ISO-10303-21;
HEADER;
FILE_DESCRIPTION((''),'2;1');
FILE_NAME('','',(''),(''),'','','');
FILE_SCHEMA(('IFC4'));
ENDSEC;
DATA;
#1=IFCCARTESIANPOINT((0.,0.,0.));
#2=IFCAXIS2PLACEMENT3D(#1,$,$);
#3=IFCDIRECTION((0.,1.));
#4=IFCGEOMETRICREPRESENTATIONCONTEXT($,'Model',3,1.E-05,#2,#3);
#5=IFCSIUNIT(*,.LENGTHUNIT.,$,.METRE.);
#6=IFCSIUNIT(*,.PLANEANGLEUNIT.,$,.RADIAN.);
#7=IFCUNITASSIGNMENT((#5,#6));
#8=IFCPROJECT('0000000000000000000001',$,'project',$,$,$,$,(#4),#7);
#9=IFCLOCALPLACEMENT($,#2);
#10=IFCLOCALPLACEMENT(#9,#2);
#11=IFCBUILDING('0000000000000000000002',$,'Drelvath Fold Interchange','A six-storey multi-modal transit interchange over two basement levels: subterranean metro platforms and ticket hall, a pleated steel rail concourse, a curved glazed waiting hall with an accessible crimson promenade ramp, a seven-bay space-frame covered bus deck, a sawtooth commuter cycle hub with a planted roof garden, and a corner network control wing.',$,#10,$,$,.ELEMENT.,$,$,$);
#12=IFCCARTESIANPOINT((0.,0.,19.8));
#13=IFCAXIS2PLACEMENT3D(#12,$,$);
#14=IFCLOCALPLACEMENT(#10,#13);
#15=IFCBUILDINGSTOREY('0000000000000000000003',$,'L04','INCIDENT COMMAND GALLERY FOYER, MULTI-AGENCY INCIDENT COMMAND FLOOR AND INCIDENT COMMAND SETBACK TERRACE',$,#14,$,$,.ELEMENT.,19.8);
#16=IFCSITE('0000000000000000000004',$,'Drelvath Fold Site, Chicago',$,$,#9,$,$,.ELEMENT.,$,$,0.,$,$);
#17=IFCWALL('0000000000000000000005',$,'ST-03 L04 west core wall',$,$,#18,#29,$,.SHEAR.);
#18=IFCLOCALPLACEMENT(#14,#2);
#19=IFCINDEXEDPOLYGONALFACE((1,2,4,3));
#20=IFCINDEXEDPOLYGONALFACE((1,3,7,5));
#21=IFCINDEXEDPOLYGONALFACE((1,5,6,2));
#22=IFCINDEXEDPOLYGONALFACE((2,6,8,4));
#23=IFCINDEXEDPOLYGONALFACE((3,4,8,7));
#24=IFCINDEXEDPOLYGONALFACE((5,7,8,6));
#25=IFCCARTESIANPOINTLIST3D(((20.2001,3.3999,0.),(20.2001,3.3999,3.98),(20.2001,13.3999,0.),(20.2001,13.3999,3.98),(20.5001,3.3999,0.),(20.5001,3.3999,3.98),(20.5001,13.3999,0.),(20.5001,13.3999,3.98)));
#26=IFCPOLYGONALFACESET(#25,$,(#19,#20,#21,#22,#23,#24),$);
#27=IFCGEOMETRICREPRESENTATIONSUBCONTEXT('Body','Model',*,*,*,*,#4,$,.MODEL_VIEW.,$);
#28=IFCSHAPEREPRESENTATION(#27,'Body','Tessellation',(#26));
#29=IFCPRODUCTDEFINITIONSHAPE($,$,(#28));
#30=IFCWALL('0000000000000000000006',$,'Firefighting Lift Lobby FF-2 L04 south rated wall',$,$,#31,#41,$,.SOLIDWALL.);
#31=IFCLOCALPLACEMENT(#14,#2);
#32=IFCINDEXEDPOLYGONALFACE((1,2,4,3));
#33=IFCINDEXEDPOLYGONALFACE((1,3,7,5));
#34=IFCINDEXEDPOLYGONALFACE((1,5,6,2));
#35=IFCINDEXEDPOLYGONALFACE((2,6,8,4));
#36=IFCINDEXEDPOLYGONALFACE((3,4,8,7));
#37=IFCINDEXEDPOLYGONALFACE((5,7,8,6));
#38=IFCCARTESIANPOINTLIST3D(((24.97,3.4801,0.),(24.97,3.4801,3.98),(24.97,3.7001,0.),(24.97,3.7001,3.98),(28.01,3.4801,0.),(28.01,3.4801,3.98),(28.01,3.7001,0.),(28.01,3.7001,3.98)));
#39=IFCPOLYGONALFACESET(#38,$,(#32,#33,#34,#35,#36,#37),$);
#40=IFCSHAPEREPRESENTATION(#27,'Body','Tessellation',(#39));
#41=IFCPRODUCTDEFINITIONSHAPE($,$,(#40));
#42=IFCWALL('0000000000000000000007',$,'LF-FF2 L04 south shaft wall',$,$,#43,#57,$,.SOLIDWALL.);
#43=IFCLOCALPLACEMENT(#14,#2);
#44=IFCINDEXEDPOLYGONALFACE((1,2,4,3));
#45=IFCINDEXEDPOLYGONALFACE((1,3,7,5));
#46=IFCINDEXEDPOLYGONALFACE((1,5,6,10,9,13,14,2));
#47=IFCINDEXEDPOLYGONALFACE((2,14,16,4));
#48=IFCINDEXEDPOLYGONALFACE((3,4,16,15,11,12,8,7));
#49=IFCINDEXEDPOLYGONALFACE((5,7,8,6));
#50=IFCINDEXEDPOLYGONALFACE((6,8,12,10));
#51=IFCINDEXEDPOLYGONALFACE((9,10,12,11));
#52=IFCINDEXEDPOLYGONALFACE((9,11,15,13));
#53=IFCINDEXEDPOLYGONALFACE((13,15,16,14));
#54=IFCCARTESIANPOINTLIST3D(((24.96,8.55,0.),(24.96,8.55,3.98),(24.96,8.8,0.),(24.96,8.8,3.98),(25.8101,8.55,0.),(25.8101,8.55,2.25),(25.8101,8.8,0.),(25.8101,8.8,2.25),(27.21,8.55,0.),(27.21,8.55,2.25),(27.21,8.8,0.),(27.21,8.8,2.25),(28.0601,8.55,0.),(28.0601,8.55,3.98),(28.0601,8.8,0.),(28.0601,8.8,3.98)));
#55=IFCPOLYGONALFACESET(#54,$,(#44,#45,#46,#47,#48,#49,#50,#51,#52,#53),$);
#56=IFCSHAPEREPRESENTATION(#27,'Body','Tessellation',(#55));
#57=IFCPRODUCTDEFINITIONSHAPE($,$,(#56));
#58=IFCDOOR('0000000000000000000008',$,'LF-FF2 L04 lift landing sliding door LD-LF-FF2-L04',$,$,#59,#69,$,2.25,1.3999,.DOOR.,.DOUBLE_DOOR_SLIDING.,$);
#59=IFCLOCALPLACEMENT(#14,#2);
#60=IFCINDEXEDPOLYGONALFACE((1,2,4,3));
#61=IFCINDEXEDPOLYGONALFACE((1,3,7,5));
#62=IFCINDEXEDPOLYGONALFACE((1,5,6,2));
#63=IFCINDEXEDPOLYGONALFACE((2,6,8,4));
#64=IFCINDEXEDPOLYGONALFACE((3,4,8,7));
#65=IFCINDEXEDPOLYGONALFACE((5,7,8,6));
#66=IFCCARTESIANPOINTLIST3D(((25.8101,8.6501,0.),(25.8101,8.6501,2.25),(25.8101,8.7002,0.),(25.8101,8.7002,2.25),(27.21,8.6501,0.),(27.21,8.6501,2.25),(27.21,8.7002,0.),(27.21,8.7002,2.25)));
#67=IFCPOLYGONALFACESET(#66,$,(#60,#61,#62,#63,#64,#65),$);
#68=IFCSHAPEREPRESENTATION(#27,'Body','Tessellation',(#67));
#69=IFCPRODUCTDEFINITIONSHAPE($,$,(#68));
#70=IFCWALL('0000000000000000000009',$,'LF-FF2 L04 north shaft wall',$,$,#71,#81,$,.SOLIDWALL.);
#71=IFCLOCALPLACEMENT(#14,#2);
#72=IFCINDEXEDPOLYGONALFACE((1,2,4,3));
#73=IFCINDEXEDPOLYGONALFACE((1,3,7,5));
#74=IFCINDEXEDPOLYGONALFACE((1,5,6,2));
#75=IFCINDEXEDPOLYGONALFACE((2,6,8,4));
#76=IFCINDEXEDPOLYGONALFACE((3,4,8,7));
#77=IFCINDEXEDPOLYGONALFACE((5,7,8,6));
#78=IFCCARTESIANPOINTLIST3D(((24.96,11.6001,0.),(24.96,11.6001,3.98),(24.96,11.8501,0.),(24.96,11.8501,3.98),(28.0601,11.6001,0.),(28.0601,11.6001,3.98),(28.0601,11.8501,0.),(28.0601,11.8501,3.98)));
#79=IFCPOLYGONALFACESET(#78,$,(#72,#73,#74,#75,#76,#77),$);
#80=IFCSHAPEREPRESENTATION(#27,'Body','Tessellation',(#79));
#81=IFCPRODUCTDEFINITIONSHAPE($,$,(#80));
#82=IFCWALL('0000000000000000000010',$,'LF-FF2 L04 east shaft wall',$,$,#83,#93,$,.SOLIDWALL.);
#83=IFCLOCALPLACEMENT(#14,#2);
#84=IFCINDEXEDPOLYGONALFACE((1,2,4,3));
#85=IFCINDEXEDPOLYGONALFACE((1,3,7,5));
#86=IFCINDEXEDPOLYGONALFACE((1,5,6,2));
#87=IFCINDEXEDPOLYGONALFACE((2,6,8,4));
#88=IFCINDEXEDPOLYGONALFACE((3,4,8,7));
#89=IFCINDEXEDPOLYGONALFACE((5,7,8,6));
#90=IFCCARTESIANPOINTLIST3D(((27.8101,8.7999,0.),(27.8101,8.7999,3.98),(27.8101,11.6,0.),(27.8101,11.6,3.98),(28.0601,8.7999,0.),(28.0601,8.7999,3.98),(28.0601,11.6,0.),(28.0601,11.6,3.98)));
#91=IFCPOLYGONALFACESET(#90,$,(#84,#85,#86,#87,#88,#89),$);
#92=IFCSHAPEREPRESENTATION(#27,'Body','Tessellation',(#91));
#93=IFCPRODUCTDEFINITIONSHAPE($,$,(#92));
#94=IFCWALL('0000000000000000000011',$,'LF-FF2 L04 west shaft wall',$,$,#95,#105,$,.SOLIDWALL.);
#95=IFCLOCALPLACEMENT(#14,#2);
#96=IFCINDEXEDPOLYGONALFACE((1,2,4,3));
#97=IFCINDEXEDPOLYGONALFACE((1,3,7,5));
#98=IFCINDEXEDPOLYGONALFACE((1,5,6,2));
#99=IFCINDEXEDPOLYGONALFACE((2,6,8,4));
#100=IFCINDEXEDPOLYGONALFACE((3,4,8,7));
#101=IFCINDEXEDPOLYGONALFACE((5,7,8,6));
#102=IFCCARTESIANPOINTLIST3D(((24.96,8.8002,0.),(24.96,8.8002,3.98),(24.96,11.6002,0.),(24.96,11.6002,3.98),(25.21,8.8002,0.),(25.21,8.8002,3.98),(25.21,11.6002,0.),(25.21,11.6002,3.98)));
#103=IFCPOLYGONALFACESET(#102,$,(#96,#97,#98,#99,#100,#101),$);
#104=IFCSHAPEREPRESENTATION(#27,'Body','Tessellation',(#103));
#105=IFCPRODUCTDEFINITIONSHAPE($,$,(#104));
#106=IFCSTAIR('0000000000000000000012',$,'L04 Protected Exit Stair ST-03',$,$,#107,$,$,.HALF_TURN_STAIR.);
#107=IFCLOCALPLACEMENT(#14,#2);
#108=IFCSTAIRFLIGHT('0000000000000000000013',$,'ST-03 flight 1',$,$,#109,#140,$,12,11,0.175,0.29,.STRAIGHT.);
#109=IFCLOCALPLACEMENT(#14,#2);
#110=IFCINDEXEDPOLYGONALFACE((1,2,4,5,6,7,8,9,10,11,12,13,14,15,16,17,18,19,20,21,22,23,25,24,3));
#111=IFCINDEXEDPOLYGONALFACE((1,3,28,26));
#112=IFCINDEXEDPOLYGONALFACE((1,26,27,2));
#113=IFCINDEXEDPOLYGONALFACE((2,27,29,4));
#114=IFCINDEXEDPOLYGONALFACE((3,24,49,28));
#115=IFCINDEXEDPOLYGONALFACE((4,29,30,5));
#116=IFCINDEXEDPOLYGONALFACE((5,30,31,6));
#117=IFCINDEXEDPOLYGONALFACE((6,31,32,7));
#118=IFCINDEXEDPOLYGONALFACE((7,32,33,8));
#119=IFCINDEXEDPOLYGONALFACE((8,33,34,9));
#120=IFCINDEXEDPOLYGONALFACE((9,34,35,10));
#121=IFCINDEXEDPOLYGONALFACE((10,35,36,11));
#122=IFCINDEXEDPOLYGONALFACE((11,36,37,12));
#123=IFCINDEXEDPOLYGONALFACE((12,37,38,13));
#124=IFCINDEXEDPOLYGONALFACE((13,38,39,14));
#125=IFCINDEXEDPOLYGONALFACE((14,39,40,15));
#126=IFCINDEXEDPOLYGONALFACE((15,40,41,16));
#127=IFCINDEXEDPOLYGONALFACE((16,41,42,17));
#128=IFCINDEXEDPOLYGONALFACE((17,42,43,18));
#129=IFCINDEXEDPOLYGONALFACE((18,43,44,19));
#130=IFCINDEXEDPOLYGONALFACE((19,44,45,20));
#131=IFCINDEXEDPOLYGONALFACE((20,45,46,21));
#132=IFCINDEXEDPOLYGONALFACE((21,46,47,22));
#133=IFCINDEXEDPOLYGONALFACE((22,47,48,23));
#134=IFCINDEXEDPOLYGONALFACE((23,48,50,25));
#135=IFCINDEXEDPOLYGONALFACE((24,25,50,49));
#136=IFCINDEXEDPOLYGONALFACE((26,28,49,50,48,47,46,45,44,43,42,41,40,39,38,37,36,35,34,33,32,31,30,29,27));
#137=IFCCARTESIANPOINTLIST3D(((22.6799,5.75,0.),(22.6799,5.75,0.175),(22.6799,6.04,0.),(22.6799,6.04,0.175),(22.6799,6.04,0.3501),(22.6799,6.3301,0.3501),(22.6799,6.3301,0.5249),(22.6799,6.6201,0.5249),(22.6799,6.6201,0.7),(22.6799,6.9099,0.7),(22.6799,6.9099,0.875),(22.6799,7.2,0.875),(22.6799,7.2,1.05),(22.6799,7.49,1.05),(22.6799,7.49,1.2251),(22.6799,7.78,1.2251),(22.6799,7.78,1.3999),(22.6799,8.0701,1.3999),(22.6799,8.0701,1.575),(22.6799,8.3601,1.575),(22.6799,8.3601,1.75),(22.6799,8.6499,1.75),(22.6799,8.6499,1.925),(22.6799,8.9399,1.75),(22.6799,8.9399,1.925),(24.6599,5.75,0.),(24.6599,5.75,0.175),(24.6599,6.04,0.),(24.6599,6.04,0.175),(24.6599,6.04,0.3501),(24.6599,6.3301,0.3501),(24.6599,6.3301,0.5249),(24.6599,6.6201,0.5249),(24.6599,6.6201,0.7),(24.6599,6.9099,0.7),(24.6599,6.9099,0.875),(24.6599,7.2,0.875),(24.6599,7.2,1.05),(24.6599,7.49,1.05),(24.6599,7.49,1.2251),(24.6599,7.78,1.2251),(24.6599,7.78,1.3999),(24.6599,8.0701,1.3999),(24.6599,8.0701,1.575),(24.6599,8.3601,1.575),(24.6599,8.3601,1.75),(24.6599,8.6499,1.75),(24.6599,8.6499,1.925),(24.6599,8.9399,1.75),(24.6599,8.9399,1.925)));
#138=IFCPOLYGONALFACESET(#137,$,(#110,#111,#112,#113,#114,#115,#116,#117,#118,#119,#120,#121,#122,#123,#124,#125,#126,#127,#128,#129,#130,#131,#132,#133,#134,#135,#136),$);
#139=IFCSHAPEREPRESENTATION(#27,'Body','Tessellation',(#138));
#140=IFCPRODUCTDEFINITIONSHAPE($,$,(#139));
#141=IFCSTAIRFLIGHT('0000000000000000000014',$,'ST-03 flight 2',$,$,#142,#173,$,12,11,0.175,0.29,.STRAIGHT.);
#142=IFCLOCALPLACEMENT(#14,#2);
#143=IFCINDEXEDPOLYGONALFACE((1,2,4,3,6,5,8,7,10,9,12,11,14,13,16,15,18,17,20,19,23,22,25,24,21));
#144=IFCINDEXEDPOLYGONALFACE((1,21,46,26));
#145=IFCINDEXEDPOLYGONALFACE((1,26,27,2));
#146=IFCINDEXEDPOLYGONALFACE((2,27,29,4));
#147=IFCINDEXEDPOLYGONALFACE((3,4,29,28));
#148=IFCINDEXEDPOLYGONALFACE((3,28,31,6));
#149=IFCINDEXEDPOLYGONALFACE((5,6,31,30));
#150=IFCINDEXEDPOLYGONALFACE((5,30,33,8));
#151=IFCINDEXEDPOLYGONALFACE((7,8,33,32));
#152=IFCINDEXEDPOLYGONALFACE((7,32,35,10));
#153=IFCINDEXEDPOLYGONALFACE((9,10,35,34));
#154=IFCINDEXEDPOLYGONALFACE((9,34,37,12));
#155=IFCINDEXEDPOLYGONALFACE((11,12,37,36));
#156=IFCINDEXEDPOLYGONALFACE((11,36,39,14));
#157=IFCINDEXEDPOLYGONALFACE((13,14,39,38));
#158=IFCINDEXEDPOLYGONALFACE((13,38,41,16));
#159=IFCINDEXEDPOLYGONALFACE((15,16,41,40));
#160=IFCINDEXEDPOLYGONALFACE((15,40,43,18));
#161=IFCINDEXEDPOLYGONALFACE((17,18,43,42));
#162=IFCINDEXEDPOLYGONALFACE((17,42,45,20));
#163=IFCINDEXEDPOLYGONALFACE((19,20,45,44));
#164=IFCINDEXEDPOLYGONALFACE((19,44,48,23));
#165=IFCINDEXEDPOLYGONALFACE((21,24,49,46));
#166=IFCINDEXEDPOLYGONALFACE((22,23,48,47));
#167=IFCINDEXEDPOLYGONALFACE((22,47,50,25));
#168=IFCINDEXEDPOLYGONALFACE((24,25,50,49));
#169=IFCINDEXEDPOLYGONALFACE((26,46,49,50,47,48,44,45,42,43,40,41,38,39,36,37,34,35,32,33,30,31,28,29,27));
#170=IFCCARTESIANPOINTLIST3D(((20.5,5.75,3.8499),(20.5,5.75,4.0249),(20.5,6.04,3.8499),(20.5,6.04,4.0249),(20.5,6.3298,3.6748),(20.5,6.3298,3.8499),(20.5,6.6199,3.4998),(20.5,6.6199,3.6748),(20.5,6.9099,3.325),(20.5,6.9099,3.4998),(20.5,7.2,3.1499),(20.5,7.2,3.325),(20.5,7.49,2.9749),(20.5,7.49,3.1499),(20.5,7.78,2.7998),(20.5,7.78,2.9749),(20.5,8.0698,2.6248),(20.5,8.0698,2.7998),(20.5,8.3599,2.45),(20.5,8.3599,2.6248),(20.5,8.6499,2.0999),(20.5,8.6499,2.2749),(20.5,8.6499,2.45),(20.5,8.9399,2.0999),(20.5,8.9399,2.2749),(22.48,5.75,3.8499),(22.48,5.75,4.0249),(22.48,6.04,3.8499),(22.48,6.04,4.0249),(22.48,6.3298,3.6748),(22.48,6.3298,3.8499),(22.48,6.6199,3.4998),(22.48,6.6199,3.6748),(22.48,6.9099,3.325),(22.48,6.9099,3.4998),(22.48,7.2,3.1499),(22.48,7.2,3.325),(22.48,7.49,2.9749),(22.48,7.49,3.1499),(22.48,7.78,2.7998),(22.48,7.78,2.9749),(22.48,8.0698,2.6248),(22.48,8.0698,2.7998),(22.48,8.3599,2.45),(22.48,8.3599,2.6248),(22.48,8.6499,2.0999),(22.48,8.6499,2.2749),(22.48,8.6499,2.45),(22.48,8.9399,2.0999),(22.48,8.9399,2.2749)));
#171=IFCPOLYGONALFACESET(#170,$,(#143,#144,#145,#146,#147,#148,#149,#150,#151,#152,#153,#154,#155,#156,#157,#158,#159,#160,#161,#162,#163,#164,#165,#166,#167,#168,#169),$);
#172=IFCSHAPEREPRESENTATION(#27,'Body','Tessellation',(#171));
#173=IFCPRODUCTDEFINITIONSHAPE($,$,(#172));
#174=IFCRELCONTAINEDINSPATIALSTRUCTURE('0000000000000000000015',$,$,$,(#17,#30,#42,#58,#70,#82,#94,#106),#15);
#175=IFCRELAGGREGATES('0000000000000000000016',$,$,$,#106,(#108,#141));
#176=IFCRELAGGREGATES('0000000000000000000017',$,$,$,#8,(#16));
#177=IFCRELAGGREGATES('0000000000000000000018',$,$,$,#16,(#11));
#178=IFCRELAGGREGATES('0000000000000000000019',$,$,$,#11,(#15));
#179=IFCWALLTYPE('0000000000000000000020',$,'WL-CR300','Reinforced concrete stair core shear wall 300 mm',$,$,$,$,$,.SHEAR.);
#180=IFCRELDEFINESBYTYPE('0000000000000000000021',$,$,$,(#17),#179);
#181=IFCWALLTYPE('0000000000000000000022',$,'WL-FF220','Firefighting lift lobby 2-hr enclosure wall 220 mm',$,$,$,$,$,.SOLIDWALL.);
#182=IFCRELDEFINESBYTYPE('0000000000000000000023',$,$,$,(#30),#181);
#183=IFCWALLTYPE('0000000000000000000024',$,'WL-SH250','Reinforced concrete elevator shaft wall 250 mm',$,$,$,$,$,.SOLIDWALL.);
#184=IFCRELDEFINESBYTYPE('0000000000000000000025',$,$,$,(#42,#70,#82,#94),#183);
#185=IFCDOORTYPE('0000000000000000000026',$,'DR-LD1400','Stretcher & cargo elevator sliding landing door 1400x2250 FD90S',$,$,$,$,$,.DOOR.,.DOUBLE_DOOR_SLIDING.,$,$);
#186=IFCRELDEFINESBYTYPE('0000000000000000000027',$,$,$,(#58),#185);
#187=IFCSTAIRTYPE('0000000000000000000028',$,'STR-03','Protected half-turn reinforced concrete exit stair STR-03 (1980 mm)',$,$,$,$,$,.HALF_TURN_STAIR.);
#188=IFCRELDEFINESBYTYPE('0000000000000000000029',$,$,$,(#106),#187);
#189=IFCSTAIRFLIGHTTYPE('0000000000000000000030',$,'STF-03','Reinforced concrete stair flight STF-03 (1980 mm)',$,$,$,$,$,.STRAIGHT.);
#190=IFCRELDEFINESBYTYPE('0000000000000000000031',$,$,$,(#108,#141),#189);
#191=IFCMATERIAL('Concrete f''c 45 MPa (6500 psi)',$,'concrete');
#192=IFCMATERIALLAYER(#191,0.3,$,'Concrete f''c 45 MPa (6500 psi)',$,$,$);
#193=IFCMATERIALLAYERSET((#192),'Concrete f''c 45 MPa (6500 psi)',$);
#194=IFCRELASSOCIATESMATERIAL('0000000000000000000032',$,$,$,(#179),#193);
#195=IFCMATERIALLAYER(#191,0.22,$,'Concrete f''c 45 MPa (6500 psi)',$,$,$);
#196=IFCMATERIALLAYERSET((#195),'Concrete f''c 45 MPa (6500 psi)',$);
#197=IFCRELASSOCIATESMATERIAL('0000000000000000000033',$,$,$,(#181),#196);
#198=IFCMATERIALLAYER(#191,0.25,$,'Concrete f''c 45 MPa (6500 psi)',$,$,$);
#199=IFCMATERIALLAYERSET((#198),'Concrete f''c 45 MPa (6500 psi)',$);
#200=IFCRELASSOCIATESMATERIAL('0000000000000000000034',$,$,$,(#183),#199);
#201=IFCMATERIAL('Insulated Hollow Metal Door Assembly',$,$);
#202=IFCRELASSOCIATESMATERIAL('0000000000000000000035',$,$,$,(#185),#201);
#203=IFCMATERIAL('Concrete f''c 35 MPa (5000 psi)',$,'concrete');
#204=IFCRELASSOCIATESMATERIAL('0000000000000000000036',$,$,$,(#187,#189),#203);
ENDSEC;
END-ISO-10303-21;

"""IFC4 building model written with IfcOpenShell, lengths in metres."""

from ifc_helpers import new_model, si_unit, direction, frame, frame_2d, origin, place, context, subcontext, project, spatial, polyline, rectangle, outline, extrude, material, layer, layer_set, type_object, element, fill, aggregate, save


model = new_model("IFC4")

# Units and contexts
model_context = context("Model", 3, precision=1e-05, world=origin(), true_north=direction((0.0, 1.0)))
body_context = subcontext(model_context, "Body", "Model", "MODEL_VIEW")
ifc_project = project(units=[si_unit("LENGTHUNIT", "METRE"), si_unit("PLANEANGLEUNIT", "RADIAN")], contexts=[model_context])

# Site, building, storey
site_placement = place(None, origin())
site = spatial("IfcSite", under=ifc_project, at=site_placement, Name="Drelvath Fold Site, Chicago", CompositionType="ELEMENT", RefElevation=0.0)
building_placement = place(site_placement, origin())
building = spatial("IfcBuilding", under=site, at=building_placement, Name="Drelvath Fold Interchange", Description="A six-storey multi-modal transit interchange over two basement levels: subterranean metro platforms and ticket hall, a pleated steel rail concourse, a curved glazed waiting hall with an accessible crimson promenade ramp, a seven-bay space-frame covered bus deck, a sawtooth commuter cycle hub with a planted roof garden, and a corner network control wing.", CompositionType="ELEMENT")
storey_placement = place(building_placement, frame((0.0, 0.0, 19.8)))
storey = spatial("IfcBuildingStorey", under=building, at=storey_placement, Name="L04", Description="INCIDENT COMMAND GALLERY FOYER, MULTI-AGENCY INCIDENT COMMAND FLOOR AND INCIDENT COMMAND SETBACK TERRACE", CompositionType="ELEMENT", Elevation=19.8)

# Shared definitions
ifc_material_1 = material(Name="Concrete f'c 45 MPa (6500 psi)", Category="concrete")
ifc_layer_1 = layer(ifc_material_1, 0.3, Name="Concrete f'c 45 MPa (6500 psi)")
ifc_layer_set_1 = layer_set([ifc_layer_1], Name="Concrete f'c 45 MPa (6500 psi)")
wall_type_1 = type_object("IfcWallType", Name="WL-CR300", Description="Reinforced concrete stair core shear wall 300 mm", PredefinedType="SHEAR", material=ifc_layer_set_1)

# Shared definitions
ifc_material_2 = material(Name="Insulated Hollow Metal Door Assembly")

# Walls
wall_1_placement = place(storey_placement, frame((20.3501, 13.3999, 0.0), z_axis=(0.0, 0.0, 1.0), x_axis=(0.0, -1.0, 0.0)))
element("IfcWall", 1, at=wall_1_placement, inside=storey, type_object=wall_type_1, Name="ST-03 L04 west core wall", PredefinedType="SHEAR", context=body_context, shape_type="SweptSolid", body=[
    extrude(rectangle(XDim=10.0, YDim=0.3, at=frame_2d((5.0, 0.0))), origin(), (0.0, 0.0, 1.0), 3.98),
])
ifc_layer_2 = layer(ifc_material_1, 0.22, Name="Concrete f'c 45 MPa (6500 psi)")
ifc_layer_set_2 = layer_set([ifc_layer_2], Name="Concrete f'c 45 MPa (6500 psi)")
wall_type_2 = type_object("IfcWallType", Name="WL-FF220", Description="Firefighting lift lobby 2-hr enclosure wall 220 mm", PredefinedType="SOLIDWALL", material=ifc_layer_set_2)
wall_2_placement = place(storey_placement, frame((24.97, 3.5901, 0.0), z_axis=(0.0, 0.0, 1.0), x_axis=(1.0, 0.0, 0.0)))
element("IfcWall", 2, at=wall_2_placement, inside=storey, type_object=wall_type_2, Name="Firefighting Lift Lobby FF-2 L04 south rated wall", PredefinedType="SOLIDWALL", context=body_context, shape_type="SweptSolid", body=[
    extrude(rectangle(XDim=3.04, YDim=0.22, at=frame_2d((1.52, 0.0))), origin(), (0.0, 0.0, 1.0), 3.98),
])

# Wall, opening, door
ifc_layer_3 = layer(ifc_material_1, 0.25, Name="Concrete f'c 45 MPa (6500 psi)")
ifc_layer_set_3 = layer_set([ifc_layer_3], Name="Concrete f'c 45 MPa (6500 psi)")
wall_type_3 = type_object("IfcWallType", Name="WL-SH250", Description="Reinforced concrete elevator shaft wall 250 mm", PredefinedType="SOLIDWALL", material=ifc_layer_set_3)
wall_3_placement = place(storey_placement, frame((24.96, 8.675, 0.0), z_axis=(0.0, 0.0, 1.0), x_axis=(1.0, 0.0, 0.0)))
wall_3 = element("IfcWall", 3, at=wall_3_placement, inside=storey, type_object=wall_type_3, Name="LF-FF2 L04 south shaft wall", PredefinedType="SOLIDWALL", context=body_context, shape_type="SweptSolid", body=[
    extrude(rectangle(XDim=3.1001, YDim=0.25, at=frame_2d((1.55, 0.0))), origin(), (0.0, 0.0, 1.0), 3.98),
])
opening_1_placement = place(wall_3_placement, frame((0.8501, 0.0, 0.0)))
opening_1 = element("IfcOpeningElement", 4, at=opening_1_placement, cuts=wall_3, PredefinedType="OPENING", context=body_context, shape_type="SweptSolid", body=[
    extrude(rectangle(XDim=1.3999, YDim=2.25, at=frame_2d((0.7, 1.125))), frame((0.0, 0.135, 0.0), z_axis=(0.0, -1.0, 0.0), x_axis=(1.0, 0.0, 0.0)), (0.0, 0.0, 1.0), 0.27),
])
door_type_1 = type_object("IfcDoorType", Name="DR-LD1400", Description="Stretcher & cargo elevator sliding landing door 1400x2250 FD90S", OperationType="DOUBLE_DOOR_SLIDING", PredefinedType="DOOR", material=ifc_material_2)
door_1_placement = place(opening_1_placement, frame((1.3999, 0.0, 0.0), z_axis=(0.0, 0.0, 1.0), x_axis=(-1.0, 0.0, 0.0)))
door_1 = element("IfcDoor", 5, at=door_1_placement, inside=storey, type_object=door_type_1, Name="LF-FF2 L04 lift landing sliding door LD-LF-FF2-L04", OperationType="DOUBLE_DOOR_SLIDING", OverallHeight=2.25, OverallWidth=1.3999, PredefinedType="DOOR", context=body_context, shape_type="SweptSolid", body=[
    extrude(rectangle(XDim=1.3999, YDim=2.25, at=frame_2d((0.7, 1.125))), frame((0.0, 0.0249, 0.0), z_axis=(0.0, -1.0, 0.0), x_axis=(1.0, 0.0, 0.0)), (0.0, 0.0, 1.0), 0.05),
])
fill(opening_1, door_1)

# Walls
wall_4_placement = place(storey_placement, frame((28.0601, 11.7251, 0.0), z_axis=(0.0, 0.0, 1.0), x_axis=(-1.0, 0.0, 0.0)))
element("IfcWall", 6, at=wall_4_placement, inside=storey, type_object=wall_type_3, Name="LF-FF2 L04 north shaft wall", PredefinedType="SOLIDWALL", context=body_context, shape_type="SweptSolid", body=[
    extrude(rectangle(XDim=3.1001, YDim=0.25, at=frame_2d((1.55, 0.0))), origin(), (0.0, 0.0, 1.0), 3.98),
])
for number, where, z_axis, x_axis, name in (
    (7, (27.9351, 8.8, 0.0), (0.0, 0.0, 1.0), (0.0, 1.0, 0.0), "LF-FF2 L04 east shaft wall"),
    (8, (25.085, 11.6001, 0.0), (0.0, 0.0, 1.0), (0.0, -1.0, 0.0), "LF-FF2 L04 west shaft wall"),
):
    element("IfcWall", number, at=place(storey_placement, frame(where, z_axis=z_axis, x_axis=x_axis)), inside=storey, type_object=wall_type_3, Name=name, PredefinedType="SOLIDWALL", context=body_context, shape_type="SweptSolid", body=[
        extrude(rectangle(XDim=2.8, YDim=0.25, at=frame_2d((1.3999, 0.0))), origin(), (0.0, 0.0, 1.0), 3.98),
    ])

# Stair, stair flights
ifc_material_3 = material(Name="Concrete f'c 35 MPa (5000 psi)", Category="concrete")
stair_type = type_object("IfcStairType", Name="STR-03", Description="Protected half-turn reinforced concrete exit stair STR-03 (1980 mm)", PredefinedType="HALF_TURN_STAIR", material=ifc_material_3)
stair_placement = place(storey_placement, origin())
stair = element("IfcStair", 9, at=stair_placement, inside=storey, type_object=stair_type, Name="L04 Protected Exit Stair ST-03", PredefinedType="HALF_TURN_STAIR")
stair_flight_type = type_object("IfcStairFlightType", Name="STF-03", Description="Reinforced concrete stair flight STF-03 (1980 mm)", PredefinedType="STRAIGHT", material=ifc_material_3)
stair_flight_1_placement = place(storey_placement, frame((23.6699, 5.75, 0.0), z_axis=(0.0, 0.0, 1.0), x_axis=(0.0, 1.0, 0.0)))
stair_flight_1 = element("IfcStairFlight", 10, at=stair_flight_1_placement, type_object=stair_flight_type, Name="ST-03 flight 1", NumberOfRisers=12, NumberOfTreads=11, PredefinedType="STRAIGHT", RiserHeight=0.175, TreadLength=0.29, context=body_context, shape_type="SweptSolid", body=[
    extrude(outline(polyline([(0.0, 0.0), (0.0, 0.175), (0.29, 0.175), (0.29, 0.3501), (0.5801, 0.3501), (0.5801, 0.5249), (0.8701, 0.5249), (0.8701, 0.7), (1.1599, 0.7), (1.1599, 0.875), (1.45, 0.875), (1.45, 1.05), (1.74, 1.05), (1.74, 1.2251), (2.03, 1.2251), (2.03, 1.3999), (2.3201, 1.3999), (2.3201, 1.575), (2.6101, 1.575), (2.6101, 1.75), (2.8999, 1.75), (2.8999, 1.925), (3.1899, 1.925), (3.1899, 2.1001), (3.1899, 1.75), (0.29, 0.0), (0.0, 0.0)])), frame((0.0, 0.99, 0.0), z_axis=(0.0, -1.0, 0.0), x_axis=(1.0, 0.0, 0.0)), (0.0, 0.0, 1.0), 1.98),
])
stair_flight_2_placement = place(storey_placement, frame((21.49, 8.9399, 2.0999), z_axis=(0.0, 0.0, 1.0), x_axis=(0.0, -1.0, 0.0)))
stair_flight_2 = element("IfcStairFlight", 11, at=stair_flight_2_placement, type_object=stair_flight_type, Name="ST-03 flight 2", NumberOfRisers=12, NumberOfTreads=11, PredefinedType="STRAIGHT", RiserHeight=0.175, TreadLength=0.29, context=body_context, shape_type="SweptSolid", body=[
    extrude(outline(polyline([(0.0, 0.0), (0.0, 0.175), (0.29, 0.175), (0.29, 0.3501), (0.5801, 0.3501), (0.5801, 0.5249), (0.8701, 0.5249), (0.8701, 0.7), (1.1599, 0.7), (1.1599, 0.875), (1.45, 0.875), (1.45, 1.05), (1.74, 1.05), (1.74, 1.2251), (2.03, 1.2251), (2.03, 1.3999), (2.3201, 1.3999), (2.3201, 1.575), (2.6101, 1.575), (2.6101, 1.75), (2.8999, 1.75), (2.8999, 1.925), (3.1899, 1.925), (3.1899, 2.1001), (3.1899, 1.75), (0.29, 0.0), (0.0, 0.0)])), frame((0.0, 0.99, 0.0), z_axis=(0.0, -1.0, 0.0), x_axis=(1.0, 0.0, 0.0)), (0.0, 0.0, 1.0), 1.98),
])
aggregate(stair, [stair_flight_1, stair_flight_2])

save(model, "model.ifc")
